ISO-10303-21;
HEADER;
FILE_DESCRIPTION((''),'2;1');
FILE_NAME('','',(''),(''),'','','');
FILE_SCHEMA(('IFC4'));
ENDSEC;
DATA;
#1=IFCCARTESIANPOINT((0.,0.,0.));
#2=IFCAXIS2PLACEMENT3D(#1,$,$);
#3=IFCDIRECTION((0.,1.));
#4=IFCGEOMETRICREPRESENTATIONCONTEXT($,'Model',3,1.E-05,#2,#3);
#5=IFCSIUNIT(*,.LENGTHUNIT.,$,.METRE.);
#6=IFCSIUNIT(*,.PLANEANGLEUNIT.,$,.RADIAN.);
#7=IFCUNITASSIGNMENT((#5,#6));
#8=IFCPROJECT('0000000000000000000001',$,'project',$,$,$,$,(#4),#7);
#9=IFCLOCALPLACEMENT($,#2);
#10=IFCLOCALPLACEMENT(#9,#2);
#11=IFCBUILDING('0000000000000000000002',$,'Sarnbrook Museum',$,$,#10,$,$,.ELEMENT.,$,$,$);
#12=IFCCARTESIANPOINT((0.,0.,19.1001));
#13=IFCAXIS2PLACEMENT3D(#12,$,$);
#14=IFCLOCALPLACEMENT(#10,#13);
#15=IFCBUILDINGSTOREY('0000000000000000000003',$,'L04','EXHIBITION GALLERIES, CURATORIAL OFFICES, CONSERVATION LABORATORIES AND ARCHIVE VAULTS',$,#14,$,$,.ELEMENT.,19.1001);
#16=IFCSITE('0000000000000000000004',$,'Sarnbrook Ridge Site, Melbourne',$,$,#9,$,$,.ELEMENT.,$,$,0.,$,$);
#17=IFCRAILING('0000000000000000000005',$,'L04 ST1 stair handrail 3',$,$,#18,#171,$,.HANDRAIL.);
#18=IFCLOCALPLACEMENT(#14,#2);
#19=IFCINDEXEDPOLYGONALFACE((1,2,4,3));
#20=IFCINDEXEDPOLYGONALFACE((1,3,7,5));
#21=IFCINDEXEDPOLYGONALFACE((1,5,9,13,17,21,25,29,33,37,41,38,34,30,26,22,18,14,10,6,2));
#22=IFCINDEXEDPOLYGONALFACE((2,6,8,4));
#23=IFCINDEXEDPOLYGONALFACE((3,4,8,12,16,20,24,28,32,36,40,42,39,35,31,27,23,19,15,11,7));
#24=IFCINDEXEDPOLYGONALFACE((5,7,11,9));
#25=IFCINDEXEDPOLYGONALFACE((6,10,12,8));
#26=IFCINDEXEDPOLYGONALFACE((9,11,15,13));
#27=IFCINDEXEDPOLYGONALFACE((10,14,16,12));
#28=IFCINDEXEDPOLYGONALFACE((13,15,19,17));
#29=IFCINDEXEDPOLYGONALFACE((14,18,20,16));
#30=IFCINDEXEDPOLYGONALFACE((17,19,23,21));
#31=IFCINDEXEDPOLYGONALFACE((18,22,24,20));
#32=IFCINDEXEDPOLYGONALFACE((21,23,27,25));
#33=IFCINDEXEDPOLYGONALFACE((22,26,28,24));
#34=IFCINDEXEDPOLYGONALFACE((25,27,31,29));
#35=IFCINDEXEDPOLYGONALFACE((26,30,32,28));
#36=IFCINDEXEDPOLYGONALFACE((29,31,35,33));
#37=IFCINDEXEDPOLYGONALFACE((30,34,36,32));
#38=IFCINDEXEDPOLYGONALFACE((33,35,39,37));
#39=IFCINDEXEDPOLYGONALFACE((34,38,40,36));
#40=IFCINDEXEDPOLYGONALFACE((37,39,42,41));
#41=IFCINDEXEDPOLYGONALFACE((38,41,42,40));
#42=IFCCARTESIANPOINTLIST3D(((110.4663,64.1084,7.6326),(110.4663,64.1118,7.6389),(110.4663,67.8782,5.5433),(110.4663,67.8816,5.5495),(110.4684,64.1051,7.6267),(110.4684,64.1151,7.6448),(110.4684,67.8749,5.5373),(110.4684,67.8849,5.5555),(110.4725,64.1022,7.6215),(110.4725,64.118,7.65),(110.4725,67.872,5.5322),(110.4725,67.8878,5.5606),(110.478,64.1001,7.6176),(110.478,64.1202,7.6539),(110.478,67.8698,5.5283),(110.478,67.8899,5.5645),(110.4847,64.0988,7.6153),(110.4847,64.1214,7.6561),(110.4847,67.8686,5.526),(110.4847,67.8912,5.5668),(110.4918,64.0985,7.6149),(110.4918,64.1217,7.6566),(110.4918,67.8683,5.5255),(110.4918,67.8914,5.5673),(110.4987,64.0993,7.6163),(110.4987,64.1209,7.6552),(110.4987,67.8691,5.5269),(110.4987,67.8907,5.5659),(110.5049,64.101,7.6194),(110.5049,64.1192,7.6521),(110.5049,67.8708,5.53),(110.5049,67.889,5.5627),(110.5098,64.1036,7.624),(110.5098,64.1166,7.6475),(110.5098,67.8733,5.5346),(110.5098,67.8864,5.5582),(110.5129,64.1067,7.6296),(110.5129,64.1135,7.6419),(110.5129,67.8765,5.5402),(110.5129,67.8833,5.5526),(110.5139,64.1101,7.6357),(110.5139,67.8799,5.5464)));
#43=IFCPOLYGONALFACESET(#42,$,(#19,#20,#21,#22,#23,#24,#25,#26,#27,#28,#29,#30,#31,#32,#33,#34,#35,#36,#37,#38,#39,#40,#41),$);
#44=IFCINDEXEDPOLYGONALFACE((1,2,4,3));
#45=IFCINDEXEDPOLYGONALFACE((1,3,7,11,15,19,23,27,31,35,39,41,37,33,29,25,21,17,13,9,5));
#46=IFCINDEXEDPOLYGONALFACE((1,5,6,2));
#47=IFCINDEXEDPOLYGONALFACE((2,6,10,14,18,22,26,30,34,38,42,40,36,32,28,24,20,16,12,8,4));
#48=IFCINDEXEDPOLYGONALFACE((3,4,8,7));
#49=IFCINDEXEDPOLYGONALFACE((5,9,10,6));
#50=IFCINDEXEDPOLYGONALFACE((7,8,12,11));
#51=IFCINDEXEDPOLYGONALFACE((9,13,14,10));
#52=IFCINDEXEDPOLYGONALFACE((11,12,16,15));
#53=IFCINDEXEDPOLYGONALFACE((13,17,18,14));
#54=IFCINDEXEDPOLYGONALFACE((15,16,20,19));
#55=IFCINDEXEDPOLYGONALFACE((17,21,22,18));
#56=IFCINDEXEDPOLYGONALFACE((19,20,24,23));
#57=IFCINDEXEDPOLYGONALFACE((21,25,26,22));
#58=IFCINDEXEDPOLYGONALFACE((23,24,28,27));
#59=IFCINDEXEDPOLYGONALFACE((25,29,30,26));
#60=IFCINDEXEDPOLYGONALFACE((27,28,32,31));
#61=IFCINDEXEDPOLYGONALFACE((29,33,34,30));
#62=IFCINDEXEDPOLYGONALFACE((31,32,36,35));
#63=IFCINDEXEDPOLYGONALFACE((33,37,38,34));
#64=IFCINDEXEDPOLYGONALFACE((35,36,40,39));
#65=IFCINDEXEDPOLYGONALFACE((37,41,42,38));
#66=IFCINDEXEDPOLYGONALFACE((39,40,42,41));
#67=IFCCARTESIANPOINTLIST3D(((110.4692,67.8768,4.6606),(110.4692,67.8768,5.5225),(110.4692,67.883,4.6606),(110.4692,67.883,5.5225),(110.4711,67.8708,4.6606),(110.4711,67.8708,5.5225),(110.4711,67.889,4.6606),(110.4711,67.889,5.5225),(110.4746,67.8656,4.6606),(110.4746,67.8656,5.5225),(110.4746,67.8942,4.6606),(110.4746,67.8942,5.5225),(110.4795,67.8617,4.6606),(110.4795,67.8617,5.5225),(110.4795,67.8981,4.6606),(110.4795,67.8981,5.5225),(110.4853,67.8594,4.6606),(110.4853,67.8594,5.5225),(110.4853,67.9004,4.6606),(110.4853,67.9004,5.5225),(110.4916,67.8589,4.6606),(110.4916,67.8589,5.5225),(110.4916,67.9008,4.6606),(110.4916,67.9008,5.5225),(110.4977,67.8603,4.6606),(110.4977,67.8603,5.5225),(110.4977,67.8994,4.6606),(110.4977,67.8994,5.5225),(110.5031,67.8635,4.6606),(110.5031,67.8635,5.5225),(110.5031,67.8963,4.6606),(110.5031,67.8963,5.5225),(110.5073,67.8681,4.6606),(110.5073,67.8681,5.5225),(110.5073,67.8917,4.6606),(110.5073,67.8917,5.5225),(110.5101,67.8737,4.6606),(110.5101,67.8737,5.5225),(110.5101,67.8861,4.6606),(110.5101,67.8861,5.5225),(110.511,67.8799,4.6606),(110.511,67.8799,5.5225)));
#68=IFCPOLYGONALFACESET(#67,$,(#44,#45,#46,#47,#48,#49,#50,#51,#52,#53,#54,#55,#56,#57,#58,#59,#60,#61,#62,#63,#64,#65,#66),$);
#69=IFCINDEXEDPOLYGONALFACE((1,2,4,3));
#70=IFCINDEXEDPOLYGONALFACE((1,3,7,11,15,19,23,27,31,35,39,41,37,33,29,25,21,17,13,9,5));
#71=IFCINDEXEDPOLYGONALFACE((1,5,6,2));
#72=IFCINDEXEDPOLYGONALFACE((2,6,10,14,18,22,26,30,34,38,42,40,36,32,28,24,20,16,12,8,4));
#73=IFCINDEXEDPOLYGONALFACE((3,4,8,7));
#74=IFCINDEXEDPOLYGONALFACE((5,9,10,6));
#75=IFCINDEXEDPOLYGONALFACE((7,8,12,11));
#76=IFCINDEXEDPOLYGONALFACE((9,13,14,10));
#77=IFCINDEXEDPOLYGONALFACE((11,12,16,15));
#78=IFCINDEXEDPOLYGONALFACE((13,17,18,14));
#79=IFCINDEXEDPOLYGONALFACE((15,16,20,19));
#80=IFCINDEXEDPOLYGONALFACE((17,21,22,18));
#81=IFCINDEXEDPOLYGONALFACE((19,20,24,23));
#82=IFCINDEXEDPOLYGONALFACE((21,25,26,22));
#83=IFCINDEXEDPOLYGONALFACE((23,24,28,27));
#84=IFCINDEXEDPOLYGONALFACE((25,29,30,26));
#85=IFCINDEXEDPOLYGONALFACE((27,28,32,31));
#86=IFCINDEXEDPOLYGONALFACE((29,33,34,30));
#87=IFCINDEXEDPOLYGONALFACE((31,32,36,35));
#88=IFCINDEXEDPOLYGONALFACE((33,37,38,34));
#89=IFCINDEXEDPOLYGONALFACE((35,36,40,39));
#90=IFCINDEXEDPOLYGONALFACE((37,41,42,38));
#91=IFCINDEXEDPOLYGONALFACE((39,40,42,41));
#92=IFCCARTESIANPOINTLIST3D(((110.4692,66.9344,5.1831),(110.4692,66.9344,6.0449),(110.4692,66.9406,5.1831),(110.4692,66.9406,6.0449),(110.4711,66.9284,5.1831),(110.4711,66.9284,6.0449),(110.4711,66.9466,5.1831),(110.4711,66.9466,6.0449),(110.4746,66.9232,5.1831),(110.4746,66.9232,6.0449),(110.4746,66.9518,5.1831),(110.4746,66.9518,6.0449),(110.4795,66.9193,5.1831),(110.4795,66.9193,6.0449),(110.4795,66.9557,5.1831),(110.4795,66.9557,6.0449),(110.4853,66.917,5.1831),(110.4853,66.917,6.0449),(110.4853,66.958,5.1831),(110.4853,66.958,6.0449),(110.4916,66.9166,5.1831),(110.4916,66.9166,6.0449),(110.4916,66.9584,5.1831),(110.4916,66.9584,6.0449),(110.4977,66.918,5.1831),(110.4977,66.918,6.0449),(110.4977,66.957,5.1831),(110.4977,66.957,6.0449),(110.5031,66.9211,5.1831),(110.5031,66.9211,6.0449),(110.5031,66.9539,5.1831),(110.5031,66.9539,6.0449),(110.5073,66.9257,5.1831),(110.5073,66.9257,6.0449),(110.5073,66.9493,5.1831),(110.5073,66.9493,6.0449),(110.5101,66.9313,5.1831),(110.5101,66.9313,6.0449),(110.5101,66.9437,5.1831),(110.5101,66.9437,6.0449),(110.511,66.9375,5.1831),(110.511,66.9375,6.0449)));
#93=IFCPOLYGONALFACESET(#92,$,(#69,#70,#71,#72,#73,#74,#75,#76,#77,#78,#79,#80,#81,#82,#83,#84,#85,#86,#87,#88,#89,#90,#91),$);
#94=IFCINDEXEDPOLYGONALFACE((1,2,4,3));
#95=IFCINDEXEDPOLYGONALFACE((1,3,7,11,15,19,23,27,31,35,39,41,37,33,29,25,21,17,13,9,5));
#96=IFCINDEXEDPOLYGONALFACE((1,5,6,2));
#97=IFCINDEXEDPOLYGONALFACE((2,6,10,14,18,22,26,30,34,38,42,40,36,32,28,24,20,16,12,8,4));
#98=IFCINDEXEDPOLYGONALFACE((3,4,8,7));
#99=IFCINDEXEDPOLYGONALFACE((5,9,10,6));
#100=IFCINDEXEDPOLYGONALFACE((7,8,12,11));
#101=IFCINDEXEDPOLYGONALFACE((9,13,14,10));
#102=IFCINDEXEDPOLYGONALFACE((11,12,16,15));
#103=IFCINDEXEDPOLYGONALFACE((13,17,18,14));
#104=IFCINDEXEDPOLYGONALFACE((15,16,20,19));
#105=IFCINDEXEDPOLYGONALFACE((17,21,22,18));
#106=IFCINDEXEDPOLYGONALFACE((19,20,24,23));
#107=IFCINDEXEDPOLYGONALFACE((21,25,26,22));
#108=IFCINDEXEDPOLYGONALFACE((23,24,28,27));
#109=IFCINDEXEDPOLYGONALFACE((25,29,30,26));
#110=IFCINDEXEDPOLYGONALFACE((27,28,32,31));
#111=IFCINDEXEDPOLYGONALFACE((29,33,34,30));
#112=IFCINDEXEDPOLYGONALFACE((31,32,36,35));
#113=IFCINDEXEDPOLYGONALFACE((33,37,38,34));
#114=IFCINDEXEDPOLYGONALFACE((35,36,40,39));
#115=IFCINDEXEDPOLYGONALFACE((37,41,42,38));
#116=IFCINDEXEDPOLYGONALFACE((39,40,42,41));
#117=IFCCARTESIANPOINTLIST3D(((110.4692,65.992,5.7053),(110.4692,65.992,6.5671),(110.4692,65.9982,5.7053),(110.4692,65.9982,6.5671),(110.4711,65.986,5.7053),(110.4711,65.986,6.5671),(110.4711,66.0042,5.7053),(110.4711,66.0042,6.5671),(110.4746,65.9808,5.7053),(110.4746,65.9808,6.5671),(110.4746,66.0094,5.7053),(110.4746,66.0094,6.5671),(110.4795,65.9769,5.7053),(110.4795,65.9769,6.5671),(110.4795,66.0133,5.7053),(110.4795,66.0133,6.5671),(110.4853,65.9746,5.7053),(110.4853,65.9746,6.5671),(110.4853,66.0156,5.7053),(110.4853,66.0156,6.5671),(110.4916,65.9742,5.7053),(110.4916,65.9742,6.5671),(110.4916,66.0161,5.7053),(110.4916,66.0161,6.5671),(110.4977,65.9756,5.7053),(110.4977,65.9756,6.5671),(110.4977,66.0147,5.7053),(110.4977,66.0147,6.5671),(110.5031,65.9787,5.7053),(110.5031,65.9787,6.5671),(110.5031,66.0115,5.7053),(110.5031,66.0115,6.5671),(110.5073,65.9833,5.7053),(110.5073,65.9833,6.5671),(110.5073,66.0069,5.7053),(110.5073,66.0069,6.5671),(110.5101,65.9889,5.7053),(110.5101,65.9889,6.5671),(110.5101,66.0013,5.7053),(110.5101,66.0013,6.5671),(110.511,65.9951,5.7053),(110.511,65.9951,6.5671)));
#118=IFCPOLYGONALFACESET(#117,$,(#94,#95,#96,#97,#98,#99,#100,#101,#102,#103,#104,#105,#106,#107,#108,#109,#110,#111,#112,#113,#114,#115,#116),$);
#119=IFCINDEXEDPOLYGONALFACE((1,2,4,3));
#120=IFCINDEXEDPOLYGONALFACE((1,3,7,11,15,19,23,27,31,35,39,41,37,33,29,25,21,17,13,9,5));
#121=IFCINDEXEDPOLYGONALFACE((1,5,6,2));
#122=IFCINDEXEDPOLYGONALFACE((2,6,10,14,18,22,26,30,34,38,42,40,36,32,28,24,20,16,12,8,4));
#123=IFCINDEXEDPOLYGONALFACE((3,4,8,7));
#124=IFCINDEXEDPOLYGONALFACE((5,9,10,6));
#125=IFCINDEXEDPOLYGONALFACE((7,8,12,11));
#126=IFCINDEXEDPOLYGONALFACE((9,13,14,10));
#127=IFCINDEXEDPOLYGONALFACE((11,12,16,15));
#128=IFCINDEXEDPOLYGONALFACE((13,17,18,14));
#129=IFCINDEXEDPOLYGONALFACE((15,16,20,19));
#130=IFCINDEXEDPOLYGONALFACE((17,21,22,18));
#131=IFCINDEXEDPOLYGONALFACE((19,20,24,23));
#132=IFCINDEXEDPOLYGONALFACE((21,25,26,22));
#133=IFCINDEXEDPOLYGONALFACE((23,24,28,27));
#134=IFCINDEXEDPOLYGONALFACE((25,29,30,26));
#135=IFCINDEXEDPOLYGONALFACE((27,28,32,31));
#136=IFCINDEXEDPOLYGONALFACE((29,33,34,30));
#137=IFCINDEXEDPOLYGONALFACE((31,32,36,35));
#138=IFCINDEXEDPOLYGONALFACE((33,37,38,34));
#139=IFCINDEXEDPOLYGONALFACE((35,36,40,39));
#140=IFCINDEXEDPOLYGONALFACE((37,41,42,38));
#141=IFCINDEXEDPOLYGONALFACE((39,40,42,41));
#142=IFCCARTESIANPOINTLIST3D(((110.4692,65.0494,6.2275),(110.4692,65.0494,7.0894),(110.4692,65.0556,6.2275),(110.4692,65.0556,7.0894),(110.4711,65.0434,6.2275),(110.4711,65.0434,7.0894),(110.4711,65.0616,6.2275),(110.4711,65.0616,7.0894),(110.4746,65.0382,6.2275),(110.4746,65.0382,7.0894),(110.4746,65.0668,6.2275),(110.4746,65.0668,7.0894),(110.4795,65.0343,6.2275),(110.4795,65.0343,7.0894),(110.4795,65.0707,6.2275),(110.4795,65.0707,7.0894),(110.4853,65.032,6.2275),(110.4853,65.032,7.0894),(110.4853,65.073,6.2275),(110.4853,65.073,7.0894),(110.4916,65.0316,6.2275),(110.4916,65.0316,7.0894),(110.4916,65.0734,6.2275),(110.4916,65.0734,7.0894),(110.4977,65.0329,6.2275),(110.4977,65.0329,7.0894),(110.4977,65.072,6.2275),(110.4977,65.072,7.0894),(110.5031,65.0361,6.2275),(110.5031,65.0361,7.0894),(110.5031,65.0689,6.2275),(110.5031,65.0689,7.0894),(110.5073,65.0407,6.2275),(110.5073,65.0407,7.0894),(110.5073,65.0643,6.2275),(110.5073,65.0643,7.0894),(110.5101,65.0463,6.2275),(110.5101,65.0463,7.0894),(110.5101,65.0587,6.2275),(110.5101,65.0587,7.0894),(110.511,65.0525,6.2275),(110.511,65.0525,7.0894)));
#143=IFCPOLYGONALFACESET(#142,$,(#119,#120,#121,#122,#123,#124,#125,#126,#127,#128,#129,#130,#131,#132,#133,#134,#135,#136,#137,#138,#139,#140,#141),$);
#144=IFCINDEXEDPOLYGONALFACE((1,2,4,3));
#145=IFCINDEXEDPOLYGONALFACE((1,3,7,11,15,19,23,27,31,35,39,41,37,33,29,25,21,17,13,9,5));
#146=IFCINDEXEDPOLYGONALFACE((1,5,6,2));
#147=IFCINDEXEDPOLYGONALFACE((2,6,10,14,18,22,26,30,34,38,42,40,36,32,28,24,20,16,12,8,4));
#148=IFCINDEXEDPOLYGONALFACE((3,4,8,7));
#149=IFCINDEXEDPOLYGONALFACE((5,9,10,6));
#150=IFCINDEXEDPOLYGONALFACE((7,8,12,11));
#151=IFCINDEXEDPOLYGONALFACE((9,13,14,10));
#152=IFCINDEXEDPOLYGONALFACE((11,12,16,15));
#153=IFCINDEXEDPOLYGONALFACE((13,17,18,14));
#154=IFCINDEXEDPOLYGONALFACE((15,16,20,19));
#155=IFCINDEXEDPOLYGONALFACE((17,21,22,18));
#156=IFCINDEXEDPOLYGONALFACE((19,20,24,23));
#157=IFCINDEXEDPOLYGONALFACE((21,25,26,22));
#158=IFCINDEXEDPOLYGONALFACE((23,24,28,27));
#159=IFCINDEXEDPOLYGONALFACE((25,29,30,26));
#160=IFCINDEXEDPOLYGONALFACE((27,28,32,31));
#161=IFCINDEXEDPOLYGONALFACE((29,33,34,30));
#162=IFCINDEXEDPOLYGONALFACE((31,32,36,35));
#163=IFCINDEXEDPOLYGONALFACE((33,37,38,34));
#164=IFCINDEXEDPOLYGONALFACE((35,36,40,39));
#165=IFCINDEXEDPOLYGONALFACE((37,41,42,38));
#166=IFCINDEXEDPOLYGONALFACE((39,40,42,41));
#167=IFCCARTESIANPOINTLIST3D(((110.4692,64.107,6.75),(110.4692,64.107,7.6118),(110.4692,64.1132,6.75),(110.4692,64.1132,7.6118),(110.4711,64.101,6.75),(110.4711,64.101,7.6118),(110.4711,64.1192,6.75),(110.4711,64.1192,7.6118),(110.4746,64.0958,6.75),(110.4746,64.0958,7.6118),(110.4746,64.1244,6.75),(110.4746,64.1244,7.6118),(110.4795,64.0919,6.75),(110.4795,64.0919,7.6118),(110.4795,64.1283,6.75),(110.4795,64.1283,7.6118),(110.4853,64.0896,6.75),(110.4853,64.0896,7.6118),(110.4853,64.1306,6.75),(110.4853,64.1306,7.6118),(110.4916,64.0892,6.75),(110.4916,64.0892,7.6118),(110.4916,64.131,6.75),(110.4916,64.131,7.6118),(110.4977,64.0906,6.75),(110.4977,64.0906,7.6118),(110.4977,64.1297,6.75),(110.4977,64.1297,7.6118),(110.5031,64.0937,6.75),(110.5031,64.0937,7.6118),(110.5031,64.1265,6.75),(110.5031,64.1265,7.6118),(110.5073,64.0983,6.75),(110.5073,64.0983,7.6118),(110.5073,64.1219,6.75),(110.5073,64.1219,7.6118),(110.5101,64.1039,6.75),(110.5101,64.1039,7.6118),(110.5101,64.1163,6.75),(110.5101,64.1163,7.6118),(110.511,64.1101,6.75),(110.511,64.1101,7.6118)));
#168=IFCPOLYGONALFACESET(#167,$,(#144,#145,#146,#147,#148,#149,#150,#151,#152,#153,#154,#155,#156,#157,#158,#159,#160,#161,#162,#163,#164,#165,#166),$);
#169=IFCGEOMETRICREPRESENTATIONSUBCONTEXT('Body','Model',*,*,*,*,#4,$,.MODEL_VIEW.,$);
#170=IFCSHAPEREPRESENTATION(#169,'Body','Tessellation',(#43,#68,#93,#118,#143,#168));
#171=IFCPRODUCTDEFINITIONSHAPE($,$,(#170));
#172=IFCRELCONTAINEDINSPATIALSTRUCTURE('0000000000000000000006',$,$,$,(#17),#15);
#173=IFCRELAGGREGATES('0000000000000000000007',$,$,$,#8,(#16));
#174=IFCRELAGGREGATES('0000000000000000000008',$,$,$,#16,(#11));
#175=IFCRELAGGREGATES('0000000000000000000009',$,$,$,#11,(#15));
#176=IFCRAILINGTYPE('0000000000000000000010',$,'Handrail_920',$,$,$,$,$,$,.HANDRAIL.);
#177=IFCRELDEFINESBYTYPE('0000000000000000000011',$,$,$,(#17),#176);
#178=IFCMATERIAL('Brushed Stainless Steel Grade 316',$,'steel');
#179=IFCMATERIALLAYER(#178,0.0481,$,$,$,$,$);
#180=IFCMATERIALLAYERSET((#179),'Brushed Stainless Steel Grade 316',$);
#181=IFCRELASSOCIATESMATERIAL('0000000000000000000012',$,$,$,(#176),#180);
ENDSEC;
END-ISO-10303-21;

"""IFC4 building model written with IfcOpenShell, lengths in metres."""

from ifc_helpers import new_model, si_unit, direction, frame, origin, origin_2d, place, context, subcontext, project, spatial, circle, extrude, material, layer, layer_set, type_object, element, save


model = new_model("IFC4")

# Units and contexts
model_context = context("Model", 3, precision=1e-05, world=origin(), true_north=direction((0.0, 1.0)))
body_context = subcontext(model_context, "Body", "Model", "MODEL_VIEW")
ifc_project = project(units=[si_unit("LENGTHUNIT", "METRE"), si_unit("PLANEANGLEUNIT", "RADIAN")], contexts=[model_context])

# Site, building, storey
site_placement = place(None, origin())
site = spatial("IfcSite", under=ifc_project, at=site_placement, Name="Sarnbrook Ridge Site, Melbourne", CompositionType="ELEMENT", RefElevation=0.0)
building_placement = place(site_placement, origin())
building = spatial("IfcBuilding", under=site, at=building_placement, Name="Sarnbrook Museum", CompositionType="ELEMENT")
storey_placement = place(building_placement, frame((0.0, 0.0, 19.1001)))
storey = spatial("IfcBuildingStorey", under=building, at=storey_placement, Name="L04", Description="EXHIBITION GALLERIES, CURATORIAL OFFICES, CONSERVATION LABORATORIES AND ARCHIVE VAULTS", CompositionType="ELEMENT", Elevation=19.1001)

# Railing
ifc_material_1 = material(Name="Brushed Stainless Steel Grade 316", Category="steel")
ifc_layer_1 = layer(ifc_material_1, 0.0481)
ifc_layer_set_1 = layer_set([ifc_layer_1], Name="Brushed Stainless Steel Grade 316")
railing_type_1 = type_object("IfcRailingType", Name="Handrail_920", PredefinedType="HANDRAIL", material=ifc_layer_set_1)
for number, where, name in (
    (1, (110.49, 67.8799, 4.6606), "L04 ST1 stair handrail 3"),
):
    element("IfcRailing", number, at=place(storey_placement, frame(where)), inside=storey, type_object=railing_type_1, Name=name, PredefinedType="HANDRAIL", context=body_context, shape_type="SweptSolid", body=[
        extrude(circle(Radius=0.0239, at=origin_2d()), frame((0.0, 0.0, 0.8857), z_axis=(0.0, -0.874646, 0.484763), x_axis=(1.0, 0.0, 0.0)), (0.0, 0.0, 1.0), 4.3101),
        extrude(circle(Radius=0.021, at=origin_2d()), origin(), (0.0, 0.0, 1.0), 0.8618),
        extrude(circle(Radius=0.021, at=origin_2d()), frame((0.0, -0.9424, 0.5225)), (0.0, 0.0, 1.0), 0.8618),
        extrude(circle(Radius=0.021, at=origin_2d()), frame((0.0, -1.8848, 1.0447)), (0.0, 0.0, 1.0), 0.8618),
        extrude(circle(Radius=0.021, at=origin_2d()), frame((0.0, -2.8274, 1.5669)), (0.0, 0.0, 1.0), 0.8618),
        extrude(circle(Radius=0.021, at=origin_2d()), frame((0.0, -3.7698, 2.0894)), (0.0, 0.0, 1.0), 0.8618),
    ])

save(model, "model.ifc")
